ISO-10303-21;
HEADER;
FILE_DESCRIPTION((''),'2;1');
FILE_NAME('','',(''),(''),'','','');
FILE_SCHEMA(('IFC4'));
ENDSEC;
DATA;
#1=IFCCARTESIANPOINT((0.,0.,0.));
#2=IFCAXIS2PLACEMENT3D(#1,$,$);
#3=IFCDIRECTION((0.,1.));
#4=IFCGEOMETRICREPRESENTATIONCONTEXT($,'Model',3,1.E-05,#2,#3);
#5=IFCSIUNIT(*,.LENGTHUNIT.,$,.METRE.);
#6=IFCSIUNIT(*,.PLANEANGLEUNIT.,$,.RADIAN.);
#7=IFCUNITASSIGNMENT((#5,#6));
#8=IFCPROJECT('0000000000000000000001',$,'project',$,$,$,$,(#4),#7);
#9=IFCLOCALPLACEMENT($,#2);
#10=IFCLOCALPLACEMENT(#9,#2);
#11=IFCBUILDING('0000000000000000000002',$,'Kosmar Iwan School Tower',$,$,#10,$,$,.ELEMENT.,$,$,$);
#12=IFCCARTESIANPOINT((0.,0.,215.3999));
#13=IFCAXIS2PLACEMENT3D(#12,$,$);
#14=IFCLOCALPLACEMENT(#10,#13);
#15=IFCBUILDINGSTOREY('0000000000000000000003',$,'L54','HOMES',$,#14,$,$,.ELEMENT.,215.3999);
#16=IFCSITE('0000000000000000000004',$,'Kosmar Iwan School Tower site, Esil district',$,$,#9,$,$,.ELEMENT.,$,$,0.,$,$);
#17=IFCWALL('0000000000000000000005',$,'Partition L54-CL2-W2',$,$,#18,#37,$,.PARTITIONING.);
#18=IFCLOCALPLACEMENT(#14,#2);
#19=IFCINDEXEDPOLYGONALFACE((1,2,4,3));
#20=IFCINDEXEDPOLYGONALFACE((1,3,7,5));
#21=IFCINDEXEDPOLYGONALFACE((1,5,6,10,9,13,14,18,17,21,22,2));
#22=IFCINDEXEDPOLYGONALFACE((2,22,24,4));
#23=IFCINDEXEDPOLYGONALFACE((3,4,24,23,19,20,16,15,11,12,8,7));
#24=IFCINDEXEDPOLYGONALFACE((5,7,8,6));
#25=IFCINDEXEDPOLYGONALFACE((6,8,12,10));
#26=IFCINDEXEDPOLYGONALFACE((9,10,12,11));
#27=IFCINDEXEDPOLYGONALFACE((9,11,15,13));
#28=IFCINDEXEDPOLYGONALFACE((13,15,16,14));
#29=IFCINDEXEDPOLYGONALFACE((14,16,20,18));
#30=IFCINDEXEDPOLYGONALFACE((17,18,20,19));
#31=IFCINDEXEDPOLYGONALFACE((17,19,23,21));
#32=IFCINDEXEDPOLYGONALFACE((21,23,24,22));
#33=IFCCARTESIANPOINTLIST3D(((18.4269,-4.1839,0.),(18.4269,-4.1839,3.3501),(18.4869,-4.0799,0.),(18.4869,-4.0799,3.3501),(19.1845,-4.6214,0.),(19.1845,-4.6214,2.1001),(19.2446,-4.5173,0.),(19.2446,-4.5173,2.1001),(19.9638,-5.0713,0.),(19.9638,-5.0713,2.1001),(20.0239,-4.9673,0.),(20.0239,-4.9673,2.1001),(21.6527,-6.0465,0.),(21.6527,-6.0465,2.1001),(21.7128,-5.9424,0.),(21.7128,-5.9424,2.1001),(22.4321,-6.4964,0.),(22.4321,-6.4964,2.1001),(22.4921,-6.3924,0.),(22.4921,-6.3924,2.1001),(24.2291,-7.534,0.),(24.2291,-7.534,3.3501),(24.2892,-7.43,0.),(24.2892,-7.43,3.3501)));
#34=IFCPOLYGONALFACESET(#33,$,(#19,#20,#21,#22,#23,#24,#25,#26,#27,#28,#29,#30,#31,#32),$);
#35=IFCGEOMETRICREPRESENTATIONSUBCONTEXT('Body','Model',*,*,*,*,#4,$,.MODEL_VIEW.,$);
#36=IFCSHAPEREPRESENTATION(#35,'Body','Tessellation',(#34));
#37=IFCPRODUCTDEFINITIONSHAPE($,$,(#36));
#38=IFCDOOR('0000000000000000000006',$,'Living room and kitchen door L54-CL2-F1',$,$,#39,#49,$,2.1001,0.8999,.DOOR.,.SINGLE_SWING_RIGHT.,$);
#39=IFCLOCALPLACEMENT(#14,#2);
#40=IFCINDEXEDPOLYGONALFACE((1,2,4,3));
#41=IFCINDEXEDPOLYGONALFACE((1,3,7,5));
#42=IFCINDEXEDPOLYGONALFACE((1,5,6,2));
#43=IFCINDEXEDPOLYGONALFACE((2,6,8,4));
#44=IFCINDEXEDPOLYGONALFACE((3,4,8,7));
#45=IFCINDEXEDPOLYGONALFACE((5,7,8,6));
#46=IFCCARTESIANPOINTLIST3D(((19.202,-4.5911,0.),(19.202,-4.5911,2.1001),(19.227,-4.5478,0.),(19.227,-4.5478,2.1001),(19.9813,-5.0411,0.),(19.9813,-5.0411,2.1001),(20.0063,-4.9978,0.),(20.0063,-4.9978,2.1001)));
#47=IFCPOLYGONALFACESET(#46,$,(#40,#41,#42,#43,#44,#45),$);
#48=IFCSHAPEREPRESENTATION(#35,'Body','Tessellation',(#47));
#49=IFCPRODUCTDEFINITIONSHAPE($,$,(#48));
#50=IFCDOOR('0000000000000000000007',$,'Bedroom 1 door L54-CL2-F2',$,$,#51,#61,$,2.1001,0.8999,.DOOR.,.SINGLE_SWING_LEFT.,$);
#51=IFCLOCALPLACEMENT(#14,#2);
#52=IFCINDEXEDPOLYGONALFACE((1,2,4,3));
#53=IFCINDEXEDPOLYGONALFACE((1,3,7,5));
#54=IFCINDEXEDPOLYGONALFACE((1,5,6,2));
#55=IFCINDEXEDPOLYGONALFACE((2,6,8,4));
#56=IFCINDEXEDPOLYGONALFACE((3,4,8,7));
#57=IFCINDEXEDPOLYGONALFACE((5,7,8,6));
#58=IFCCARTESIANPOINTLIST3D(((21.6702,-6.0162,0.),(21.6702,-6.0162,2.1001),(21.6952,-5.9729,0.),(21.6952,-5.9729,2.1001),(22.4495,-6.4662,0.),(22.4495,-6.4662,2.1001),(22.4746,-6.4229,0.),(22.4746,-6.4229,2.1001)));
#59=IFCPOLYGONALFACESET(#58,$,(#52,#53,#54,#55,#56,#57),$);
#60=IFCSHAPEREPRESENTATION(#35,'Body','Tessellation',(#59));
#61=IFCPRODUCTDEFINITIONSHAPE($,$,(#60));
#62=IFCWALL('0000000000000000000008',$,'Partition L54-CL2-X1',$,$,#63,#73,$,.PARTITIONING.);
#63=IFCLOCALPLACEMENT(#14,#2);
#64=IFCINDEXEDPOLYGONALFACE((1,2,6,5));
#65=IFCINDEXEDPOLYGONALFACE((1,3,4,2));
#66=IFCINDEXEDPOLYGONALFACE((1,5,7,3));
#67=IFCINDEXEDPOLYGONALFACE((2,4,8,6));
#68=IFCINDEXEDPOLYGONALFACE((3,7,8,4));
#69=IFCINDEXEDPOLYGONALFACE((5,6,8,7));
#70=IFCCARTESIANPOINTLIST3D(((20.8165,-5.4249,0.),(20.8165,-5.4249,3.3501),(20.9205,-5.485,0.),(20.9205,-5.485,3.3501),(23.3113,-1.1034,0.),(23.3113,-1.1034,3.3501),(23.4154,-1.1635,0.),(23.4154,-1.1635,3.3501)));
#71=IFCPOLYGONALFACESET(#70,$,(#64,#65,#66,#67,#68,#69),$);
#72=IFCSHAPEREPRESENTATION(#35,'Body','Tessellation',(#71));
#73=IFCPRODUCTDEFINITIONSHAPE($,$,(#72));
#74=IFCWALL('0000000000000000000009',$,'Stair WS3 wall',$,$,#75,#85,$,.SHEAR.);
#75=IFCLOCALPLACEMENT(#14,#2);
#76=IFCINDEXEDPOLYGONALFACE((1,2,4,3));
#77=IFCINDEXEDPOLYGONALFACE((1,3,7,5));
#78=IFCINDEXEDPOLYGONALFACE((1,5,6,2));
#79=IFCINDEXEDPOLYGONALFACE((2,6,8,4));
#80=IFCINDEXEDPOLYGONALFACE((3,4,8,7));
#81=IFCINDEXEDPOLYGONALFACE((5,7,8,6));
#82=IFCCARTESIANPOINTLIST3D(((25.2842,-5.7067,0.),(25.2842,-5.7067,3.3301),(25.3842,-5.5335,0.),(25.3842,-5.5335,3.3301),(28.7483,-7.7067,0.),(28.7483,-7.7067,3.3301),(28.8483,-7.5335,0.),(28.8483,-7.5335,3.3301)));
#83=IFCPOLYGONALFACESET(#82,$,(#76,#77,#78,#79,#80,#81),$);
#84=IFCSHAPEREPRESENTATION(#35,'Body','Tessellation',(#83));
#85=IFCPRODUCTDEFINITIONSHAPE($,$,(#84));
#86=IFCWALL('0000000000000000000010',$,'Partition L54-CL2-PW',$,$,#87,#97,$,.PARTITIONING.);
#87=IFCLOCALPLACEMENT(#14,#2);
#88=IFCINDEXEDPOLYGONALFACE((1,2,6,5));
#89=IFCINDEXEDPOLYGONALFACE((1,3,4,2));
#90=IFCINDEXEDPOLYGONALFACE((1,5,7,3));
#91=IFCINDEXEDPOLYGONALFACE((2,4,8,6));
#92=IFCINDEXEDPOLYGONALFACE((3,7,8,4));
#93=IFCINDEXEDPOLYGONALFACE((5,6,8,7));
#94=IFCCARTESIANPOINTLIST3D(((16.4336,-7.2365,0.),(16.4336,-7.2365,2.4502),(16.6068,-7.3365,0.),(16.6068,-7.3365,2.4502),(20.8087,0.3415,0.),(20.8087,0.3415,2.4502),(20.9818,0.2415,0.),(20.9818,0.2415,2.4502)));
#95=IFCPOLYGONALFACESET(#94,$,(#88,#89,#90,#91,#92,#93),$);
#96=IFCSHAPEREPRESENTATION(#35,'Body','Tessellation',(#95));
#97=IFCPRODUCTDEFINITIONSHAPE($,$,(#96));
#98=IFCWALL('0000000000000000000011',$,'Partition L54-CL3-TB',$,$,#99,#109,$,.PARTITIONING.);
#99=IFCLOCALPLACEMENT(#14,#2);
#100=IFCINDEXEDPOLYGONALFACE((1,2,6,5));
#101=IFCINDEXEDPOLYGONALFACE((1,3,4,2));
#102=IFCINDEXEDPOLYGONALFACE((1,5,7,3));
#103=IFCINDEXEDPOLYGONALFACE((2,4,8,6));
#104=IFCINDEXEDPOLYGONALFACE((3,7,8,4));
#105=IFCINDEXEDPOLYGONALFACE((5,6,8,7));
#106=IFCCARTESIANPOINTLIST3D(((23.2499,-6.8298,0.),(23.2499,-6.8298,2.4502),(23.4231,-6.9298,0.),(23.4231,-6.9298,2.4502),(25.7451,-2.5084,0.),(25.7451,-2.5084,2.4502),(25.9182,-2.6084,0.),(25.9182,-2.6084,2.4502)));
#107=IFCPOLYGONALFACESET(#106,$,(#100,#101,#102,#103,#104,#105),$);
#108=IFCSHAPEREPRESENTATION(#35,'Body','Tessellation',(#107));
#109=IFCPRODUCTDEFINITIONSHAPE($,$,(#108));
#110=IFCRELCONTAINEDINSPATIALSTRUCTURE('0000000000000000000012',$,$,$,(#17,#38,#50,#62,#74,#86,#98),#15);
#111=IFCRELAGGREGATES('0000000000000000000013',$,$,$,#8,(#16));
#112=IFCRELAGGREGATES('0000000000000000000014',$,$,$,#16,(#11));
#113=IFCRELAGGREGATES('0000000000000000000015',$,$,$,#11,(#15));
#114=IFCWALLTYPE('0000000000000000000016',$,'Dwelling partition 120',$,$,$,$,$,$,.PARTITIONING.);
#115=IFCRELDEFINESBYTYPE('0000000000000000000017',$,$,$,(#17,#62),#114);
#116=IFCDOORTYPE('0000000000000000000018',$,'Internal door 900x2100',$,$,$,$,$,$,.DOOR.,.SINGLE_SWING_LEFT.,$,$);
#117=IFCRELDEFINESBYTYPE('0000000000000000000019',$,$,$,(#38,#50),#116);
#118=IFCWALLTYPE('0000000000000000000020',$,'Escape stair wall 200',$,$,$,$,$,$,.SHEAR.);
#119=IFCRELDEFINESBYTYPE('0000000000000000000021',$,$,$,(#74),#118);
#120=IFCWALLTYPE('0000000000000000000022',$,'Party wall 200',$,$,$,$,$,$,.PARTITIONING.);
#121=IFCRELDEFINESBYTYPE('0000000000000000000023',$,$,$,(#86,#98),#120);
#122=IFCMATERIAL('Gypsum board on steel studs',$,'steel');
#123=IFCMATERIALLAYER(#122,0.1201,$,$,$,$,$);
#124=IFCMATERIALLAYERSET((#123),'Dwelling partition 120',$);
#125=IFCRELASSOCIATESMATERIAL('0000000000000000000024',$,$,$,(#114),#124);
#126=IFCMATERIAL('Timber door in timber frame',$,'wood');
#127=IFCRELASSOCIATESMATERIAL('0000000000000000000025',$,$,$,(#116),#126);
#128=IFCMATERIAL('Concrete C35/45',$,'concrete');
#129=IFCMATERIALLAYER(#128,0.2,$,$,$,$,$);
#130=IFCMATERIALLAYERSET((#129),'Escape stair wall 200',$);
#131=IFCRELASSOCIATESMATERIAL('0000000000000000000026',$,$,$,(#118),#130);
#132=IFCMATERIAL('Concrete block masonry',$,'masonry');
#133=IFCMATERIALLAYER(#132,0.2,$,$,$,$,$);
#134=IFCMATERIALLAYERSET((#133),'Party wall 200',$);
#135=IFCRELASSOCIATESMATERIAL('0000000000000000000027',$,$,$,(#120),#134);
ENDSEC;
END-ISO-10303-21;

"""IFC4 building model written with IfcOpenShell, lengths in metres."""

from ifc_helpers import new_model, si_unit, direction, frame, frame_2d, origin, place, context, subcontext, project, spatial, rectangle, extrude, material, layer, layer_set, type_object, element, fill, save


model = new_model("IFC4")

# Units and contexts
model_context = context("Model", 3, precision=1e-05, world=origin(), true_north=direction((0.0, 1.0)))
body_context = subcontext(model_context, "Body", "Model", "MODEL_VIEW")
ifc_project = project(units=[si_unit("LENGTHUNIT", "METRE"), si_unit("PLANEANGLEUNIT", "RADIAN")], contexts=[model_context])

# Site, building, storey
site_placement = place(None, origin())
site = spatial("IfcSite", under=ifc_project, at=site_placement, Name="Kosmar Iwan School Tower site, Esil district", CompositionType="ELEMENT", RefElevation=0.0)
building_placement = place(site_placement, origin())
building = spatial("IfcBuilding", under=site, at=building_placement, Name="Kosmar Iwan School Tower", CompositionType="ELEMENT")
storey_placement = place(building_placement, frame((0.0, 0.0, 215.3999)))
storey = spatial("IfcBuildingStorey", under=building, at=storey_placement, Name="L54", Description="HOMES", CompositionType="ELEMENT", Elevation=215.3999)

# Shared definitions
ifc_material_1 = material(Name="Gypsum board on steel studs", Category="steel")
ifc_layer_1 = layer(ifc_material_1, 0.1201)
ifc_layer_set_1 = layer_set([ifc_layer_1], Name="Dwelling partition 120")
wall_type_1 = type_object("IfcWallType", Name="Dwelling partition 120", PredefinedType="PARTITIONING", material=ifc_layer_set_1)

# Wall, openings, doors
ifc_material_2 = material(Name="Timber door in timber frame", Category="wood")
door_type_1 = type_object("IfcDoorType", Name="Internal door 900x2100", OperationType="SINGLE_SWING_LEFT", PredefinedType="DOOR", material=ifc_material_2)
wall_1_placement = place(storey_placement, frame((18.4568, -4.1318, 0.0), z_axis=(0.0, 0.0, 1.0), x_axis=(0.866014, -0.500019, 0.0)))
wall_1 = element("IfcWall", 1, at=wall_1_placement, inside=storey, type_object=wall_type_1, Name="Partition L54-CL2-W2", PredefinedType="PARTITIONING", context=body_context, shape_type="SweptSolid", body=[
    extrude(rectangle(XDim=6.7, YDim=0.1201, at=frame_2d((3.3501, 0.0))), origin(), (0.0, 0.0, 1.0), 3.3501),
])
opening_1_placement = place(wall_1_placement, frame((0.875, 0.0, 0.0)))
opening_1 = element("IfcOpeningElement", 2, at=opening_1_placement, cuts=wall_1, PredefinedType="OPENING", context=body_context, shape_type="SweptSolid", body=[
    extrude(rectangle(XDim=0.8999, YDim=2.1001, at=frame_2d((0.45, 1.05))), frame((0.0, 0.072, 0.0), z_axis=(0.0, -1.0, 0.0), x_axis=(1.0, 0.0, 0.0)), (0.0, 0.0, 1.0), 0.144),
])
opening_2_placement = place(wall_1_placement, frame((3.7251, 0.0, 0.0)))
opening_2 = element("IfcOpeningElement", 3, at=opening_2_placement, cuts=wall_1, PredefinedType="OPENING", context=body_context, shape_type="SweptSolid", body=[
    extrude(rectangle(XDim=0.8999, YDim=2.1001, at=frame_2d((0.45, 1.05))), frame((0.0, 0.072, 0.0), z_axis=(0.0, -1.0, 0.0), x_axis=(1.0, 0.0, 0.0)), (0.0, 0.0, 1.0), 0.144),
])
door_1_placement = place(opening_1_placement, origin())
door_1 = element("IfcDoor", 4, at=door_1_placement, inside=storey, type_object=door_type_1, Name="Living room and kitchen door L54-CL2-F1", OperationType="SINGLE_SWING_RIGHT", OverallHeight=2.1001, OverallWidth=0.8999, PredefinedType="DOOR", context=body_context, shape_type="SweptSolid", body=[
    extrude(rectangle(XDim=0.8999, YDim=2.1001, at=frame_2d((0.45, 1.05))), frame((0.0, 0.0249, 0.0), z_axis=(0.0, -1.0, 0.0), x_axis=(1.0, 0.0, 0.0)), (0.0, 0.0, 1.0), 0.05),
])
fill(opening_1, door_1)
door_2_placement = place(opening_2_placement, origin())
door_2 = element("IfcDoor", 5, at=door_2_placement, inside=storey, type_object=door_type_1, Name="Bedroom 1 door L54-CL2-F2", OperationType="SINGLE_SWING_LEFT", OverallHeight=2.1001, OverallWidth=0.8999, PredefinedType="DOOR", context=body_context, shape_type="SweptSolid", body=[
    extrude(rectangle(XDim=0.8999, YDim=2.1001, at=frame_2d((0.45, 1.05))), frame((0.0, 0.0249, 0.0), z_axis=(0.0, -1.0, 0.0), x_axis=(1.0, 0.0, 0.0)), (0.0, 0.0, 1.0), 0.05),
])
fill(opening_2, door_2)

# Walls
wall_2_placement = place(storey_placement, frame((20.8684, -5.4551, 0.0), z_axis=(0.0, 0.0, 1.0), x_axis=(0.499975, 0.86604, 0.0)))
element("IfcWall", 6, at=wall_2_placement, inside=storey, type_object=wall_type_1, Name="Partition L54-CL2-X1", PredefinedType="PARTITIONING", context=body_context, shape_type="SweptSolid", body=[
    extrude(rectangle(XDim=4.99, YDim=0.1201, at=frame_2d((2.4951, 0.0))), origin(), (0.0, 0.0, 1.0), 3.3501),
])
ifc_material_3 = material(Name="Concrete C35/45", Category="concrete")
ifc_layer_2 = layer(ifc_material_3, 0.2)
ifc_layer_set_2 = layer_set([ifc_layer_2], Name="Escape stair wall 200")
wall_type_2 = type_object("IfcWallType", Name="Escape stair wall 200", PredefinedType="SHEAR", material=ifc_layer_set_2)
wall_3_placement = place(storey_placement, frame((25.3342, -5.6201, 0.0), z_axis=(0.0, 0.0, 1.0), x_axis=(0.866026, -0.499999, 0.0)))
element("IfcWall", 7, at=wall_3_placement, inside=storey, type_object=wall_type_2, Name="Stair WS3 wall", PredefinedType="SHEAR", context=body_context, shape_type="SweptSolid", body=[
    extrude(rectangle(XDim=4.0, YDim=0.2, at=frame_2d((2.0, 0.0))), origin(), (0.0, 0.0, 1.0), 3.3301),
])
ifc_material_4 = material(Name="Concrete block masonry", Category="masonry")
ifc_layer_3 = layer(ifc_material_4, 0.2)
ifc_layer_set_3 = layer_set([ifc_layer_3], Name="Party wall 200")
wall_type_3 = type_object("IfcWallType", Name="Party wall 200", PredefinedType="PARTITIONING", material=ifc_layer_set_3)
wall_4_placement = place(storey_placement, frame((16.5203, -7.2864, 0.0), z_axis=(0.0, 0.0, 1.0), x_axis=(0.499992, 0.86603, 0.0)))
element("IfcWall", 8, at=wall_4_placement, inside=storey, type_object=wall_type_3, Name="Partition L54-CL2-PW", PredefinedType="PARTITIONING", context=body_context, shape_type="SweptSolid", body=[
    extrude(rectangle(XDim=8.7502, YDim=0.2, at=frame_2d((4.375, 0.0))), origin(), (0.0, 0.0, 1.0), 2.4502),
])
wall_5_placement = place(storey_placement, frame((23.3364, -6.8799, 0.0), z_axis=(0.0, 0.0, 1.0), x_axis=(0.500033, 0.866006, 0.0)))
element("IfcWall", 9, at=wall_5_placement, inside=storey, type_object=wall_type_3, Name="Partition L54-CL3-TB", PredefinedType="PARTITIONING", context=body_context, shape_type="SweptSolid", body=[
    extrude(rectangle(XDim=4.99, YDim=0.2, at=frame_2d((2.4951, 0.0))), origin(), (0.0, 0.0, 1.0), 2.4502),
])

save(model, "model.ifc")
